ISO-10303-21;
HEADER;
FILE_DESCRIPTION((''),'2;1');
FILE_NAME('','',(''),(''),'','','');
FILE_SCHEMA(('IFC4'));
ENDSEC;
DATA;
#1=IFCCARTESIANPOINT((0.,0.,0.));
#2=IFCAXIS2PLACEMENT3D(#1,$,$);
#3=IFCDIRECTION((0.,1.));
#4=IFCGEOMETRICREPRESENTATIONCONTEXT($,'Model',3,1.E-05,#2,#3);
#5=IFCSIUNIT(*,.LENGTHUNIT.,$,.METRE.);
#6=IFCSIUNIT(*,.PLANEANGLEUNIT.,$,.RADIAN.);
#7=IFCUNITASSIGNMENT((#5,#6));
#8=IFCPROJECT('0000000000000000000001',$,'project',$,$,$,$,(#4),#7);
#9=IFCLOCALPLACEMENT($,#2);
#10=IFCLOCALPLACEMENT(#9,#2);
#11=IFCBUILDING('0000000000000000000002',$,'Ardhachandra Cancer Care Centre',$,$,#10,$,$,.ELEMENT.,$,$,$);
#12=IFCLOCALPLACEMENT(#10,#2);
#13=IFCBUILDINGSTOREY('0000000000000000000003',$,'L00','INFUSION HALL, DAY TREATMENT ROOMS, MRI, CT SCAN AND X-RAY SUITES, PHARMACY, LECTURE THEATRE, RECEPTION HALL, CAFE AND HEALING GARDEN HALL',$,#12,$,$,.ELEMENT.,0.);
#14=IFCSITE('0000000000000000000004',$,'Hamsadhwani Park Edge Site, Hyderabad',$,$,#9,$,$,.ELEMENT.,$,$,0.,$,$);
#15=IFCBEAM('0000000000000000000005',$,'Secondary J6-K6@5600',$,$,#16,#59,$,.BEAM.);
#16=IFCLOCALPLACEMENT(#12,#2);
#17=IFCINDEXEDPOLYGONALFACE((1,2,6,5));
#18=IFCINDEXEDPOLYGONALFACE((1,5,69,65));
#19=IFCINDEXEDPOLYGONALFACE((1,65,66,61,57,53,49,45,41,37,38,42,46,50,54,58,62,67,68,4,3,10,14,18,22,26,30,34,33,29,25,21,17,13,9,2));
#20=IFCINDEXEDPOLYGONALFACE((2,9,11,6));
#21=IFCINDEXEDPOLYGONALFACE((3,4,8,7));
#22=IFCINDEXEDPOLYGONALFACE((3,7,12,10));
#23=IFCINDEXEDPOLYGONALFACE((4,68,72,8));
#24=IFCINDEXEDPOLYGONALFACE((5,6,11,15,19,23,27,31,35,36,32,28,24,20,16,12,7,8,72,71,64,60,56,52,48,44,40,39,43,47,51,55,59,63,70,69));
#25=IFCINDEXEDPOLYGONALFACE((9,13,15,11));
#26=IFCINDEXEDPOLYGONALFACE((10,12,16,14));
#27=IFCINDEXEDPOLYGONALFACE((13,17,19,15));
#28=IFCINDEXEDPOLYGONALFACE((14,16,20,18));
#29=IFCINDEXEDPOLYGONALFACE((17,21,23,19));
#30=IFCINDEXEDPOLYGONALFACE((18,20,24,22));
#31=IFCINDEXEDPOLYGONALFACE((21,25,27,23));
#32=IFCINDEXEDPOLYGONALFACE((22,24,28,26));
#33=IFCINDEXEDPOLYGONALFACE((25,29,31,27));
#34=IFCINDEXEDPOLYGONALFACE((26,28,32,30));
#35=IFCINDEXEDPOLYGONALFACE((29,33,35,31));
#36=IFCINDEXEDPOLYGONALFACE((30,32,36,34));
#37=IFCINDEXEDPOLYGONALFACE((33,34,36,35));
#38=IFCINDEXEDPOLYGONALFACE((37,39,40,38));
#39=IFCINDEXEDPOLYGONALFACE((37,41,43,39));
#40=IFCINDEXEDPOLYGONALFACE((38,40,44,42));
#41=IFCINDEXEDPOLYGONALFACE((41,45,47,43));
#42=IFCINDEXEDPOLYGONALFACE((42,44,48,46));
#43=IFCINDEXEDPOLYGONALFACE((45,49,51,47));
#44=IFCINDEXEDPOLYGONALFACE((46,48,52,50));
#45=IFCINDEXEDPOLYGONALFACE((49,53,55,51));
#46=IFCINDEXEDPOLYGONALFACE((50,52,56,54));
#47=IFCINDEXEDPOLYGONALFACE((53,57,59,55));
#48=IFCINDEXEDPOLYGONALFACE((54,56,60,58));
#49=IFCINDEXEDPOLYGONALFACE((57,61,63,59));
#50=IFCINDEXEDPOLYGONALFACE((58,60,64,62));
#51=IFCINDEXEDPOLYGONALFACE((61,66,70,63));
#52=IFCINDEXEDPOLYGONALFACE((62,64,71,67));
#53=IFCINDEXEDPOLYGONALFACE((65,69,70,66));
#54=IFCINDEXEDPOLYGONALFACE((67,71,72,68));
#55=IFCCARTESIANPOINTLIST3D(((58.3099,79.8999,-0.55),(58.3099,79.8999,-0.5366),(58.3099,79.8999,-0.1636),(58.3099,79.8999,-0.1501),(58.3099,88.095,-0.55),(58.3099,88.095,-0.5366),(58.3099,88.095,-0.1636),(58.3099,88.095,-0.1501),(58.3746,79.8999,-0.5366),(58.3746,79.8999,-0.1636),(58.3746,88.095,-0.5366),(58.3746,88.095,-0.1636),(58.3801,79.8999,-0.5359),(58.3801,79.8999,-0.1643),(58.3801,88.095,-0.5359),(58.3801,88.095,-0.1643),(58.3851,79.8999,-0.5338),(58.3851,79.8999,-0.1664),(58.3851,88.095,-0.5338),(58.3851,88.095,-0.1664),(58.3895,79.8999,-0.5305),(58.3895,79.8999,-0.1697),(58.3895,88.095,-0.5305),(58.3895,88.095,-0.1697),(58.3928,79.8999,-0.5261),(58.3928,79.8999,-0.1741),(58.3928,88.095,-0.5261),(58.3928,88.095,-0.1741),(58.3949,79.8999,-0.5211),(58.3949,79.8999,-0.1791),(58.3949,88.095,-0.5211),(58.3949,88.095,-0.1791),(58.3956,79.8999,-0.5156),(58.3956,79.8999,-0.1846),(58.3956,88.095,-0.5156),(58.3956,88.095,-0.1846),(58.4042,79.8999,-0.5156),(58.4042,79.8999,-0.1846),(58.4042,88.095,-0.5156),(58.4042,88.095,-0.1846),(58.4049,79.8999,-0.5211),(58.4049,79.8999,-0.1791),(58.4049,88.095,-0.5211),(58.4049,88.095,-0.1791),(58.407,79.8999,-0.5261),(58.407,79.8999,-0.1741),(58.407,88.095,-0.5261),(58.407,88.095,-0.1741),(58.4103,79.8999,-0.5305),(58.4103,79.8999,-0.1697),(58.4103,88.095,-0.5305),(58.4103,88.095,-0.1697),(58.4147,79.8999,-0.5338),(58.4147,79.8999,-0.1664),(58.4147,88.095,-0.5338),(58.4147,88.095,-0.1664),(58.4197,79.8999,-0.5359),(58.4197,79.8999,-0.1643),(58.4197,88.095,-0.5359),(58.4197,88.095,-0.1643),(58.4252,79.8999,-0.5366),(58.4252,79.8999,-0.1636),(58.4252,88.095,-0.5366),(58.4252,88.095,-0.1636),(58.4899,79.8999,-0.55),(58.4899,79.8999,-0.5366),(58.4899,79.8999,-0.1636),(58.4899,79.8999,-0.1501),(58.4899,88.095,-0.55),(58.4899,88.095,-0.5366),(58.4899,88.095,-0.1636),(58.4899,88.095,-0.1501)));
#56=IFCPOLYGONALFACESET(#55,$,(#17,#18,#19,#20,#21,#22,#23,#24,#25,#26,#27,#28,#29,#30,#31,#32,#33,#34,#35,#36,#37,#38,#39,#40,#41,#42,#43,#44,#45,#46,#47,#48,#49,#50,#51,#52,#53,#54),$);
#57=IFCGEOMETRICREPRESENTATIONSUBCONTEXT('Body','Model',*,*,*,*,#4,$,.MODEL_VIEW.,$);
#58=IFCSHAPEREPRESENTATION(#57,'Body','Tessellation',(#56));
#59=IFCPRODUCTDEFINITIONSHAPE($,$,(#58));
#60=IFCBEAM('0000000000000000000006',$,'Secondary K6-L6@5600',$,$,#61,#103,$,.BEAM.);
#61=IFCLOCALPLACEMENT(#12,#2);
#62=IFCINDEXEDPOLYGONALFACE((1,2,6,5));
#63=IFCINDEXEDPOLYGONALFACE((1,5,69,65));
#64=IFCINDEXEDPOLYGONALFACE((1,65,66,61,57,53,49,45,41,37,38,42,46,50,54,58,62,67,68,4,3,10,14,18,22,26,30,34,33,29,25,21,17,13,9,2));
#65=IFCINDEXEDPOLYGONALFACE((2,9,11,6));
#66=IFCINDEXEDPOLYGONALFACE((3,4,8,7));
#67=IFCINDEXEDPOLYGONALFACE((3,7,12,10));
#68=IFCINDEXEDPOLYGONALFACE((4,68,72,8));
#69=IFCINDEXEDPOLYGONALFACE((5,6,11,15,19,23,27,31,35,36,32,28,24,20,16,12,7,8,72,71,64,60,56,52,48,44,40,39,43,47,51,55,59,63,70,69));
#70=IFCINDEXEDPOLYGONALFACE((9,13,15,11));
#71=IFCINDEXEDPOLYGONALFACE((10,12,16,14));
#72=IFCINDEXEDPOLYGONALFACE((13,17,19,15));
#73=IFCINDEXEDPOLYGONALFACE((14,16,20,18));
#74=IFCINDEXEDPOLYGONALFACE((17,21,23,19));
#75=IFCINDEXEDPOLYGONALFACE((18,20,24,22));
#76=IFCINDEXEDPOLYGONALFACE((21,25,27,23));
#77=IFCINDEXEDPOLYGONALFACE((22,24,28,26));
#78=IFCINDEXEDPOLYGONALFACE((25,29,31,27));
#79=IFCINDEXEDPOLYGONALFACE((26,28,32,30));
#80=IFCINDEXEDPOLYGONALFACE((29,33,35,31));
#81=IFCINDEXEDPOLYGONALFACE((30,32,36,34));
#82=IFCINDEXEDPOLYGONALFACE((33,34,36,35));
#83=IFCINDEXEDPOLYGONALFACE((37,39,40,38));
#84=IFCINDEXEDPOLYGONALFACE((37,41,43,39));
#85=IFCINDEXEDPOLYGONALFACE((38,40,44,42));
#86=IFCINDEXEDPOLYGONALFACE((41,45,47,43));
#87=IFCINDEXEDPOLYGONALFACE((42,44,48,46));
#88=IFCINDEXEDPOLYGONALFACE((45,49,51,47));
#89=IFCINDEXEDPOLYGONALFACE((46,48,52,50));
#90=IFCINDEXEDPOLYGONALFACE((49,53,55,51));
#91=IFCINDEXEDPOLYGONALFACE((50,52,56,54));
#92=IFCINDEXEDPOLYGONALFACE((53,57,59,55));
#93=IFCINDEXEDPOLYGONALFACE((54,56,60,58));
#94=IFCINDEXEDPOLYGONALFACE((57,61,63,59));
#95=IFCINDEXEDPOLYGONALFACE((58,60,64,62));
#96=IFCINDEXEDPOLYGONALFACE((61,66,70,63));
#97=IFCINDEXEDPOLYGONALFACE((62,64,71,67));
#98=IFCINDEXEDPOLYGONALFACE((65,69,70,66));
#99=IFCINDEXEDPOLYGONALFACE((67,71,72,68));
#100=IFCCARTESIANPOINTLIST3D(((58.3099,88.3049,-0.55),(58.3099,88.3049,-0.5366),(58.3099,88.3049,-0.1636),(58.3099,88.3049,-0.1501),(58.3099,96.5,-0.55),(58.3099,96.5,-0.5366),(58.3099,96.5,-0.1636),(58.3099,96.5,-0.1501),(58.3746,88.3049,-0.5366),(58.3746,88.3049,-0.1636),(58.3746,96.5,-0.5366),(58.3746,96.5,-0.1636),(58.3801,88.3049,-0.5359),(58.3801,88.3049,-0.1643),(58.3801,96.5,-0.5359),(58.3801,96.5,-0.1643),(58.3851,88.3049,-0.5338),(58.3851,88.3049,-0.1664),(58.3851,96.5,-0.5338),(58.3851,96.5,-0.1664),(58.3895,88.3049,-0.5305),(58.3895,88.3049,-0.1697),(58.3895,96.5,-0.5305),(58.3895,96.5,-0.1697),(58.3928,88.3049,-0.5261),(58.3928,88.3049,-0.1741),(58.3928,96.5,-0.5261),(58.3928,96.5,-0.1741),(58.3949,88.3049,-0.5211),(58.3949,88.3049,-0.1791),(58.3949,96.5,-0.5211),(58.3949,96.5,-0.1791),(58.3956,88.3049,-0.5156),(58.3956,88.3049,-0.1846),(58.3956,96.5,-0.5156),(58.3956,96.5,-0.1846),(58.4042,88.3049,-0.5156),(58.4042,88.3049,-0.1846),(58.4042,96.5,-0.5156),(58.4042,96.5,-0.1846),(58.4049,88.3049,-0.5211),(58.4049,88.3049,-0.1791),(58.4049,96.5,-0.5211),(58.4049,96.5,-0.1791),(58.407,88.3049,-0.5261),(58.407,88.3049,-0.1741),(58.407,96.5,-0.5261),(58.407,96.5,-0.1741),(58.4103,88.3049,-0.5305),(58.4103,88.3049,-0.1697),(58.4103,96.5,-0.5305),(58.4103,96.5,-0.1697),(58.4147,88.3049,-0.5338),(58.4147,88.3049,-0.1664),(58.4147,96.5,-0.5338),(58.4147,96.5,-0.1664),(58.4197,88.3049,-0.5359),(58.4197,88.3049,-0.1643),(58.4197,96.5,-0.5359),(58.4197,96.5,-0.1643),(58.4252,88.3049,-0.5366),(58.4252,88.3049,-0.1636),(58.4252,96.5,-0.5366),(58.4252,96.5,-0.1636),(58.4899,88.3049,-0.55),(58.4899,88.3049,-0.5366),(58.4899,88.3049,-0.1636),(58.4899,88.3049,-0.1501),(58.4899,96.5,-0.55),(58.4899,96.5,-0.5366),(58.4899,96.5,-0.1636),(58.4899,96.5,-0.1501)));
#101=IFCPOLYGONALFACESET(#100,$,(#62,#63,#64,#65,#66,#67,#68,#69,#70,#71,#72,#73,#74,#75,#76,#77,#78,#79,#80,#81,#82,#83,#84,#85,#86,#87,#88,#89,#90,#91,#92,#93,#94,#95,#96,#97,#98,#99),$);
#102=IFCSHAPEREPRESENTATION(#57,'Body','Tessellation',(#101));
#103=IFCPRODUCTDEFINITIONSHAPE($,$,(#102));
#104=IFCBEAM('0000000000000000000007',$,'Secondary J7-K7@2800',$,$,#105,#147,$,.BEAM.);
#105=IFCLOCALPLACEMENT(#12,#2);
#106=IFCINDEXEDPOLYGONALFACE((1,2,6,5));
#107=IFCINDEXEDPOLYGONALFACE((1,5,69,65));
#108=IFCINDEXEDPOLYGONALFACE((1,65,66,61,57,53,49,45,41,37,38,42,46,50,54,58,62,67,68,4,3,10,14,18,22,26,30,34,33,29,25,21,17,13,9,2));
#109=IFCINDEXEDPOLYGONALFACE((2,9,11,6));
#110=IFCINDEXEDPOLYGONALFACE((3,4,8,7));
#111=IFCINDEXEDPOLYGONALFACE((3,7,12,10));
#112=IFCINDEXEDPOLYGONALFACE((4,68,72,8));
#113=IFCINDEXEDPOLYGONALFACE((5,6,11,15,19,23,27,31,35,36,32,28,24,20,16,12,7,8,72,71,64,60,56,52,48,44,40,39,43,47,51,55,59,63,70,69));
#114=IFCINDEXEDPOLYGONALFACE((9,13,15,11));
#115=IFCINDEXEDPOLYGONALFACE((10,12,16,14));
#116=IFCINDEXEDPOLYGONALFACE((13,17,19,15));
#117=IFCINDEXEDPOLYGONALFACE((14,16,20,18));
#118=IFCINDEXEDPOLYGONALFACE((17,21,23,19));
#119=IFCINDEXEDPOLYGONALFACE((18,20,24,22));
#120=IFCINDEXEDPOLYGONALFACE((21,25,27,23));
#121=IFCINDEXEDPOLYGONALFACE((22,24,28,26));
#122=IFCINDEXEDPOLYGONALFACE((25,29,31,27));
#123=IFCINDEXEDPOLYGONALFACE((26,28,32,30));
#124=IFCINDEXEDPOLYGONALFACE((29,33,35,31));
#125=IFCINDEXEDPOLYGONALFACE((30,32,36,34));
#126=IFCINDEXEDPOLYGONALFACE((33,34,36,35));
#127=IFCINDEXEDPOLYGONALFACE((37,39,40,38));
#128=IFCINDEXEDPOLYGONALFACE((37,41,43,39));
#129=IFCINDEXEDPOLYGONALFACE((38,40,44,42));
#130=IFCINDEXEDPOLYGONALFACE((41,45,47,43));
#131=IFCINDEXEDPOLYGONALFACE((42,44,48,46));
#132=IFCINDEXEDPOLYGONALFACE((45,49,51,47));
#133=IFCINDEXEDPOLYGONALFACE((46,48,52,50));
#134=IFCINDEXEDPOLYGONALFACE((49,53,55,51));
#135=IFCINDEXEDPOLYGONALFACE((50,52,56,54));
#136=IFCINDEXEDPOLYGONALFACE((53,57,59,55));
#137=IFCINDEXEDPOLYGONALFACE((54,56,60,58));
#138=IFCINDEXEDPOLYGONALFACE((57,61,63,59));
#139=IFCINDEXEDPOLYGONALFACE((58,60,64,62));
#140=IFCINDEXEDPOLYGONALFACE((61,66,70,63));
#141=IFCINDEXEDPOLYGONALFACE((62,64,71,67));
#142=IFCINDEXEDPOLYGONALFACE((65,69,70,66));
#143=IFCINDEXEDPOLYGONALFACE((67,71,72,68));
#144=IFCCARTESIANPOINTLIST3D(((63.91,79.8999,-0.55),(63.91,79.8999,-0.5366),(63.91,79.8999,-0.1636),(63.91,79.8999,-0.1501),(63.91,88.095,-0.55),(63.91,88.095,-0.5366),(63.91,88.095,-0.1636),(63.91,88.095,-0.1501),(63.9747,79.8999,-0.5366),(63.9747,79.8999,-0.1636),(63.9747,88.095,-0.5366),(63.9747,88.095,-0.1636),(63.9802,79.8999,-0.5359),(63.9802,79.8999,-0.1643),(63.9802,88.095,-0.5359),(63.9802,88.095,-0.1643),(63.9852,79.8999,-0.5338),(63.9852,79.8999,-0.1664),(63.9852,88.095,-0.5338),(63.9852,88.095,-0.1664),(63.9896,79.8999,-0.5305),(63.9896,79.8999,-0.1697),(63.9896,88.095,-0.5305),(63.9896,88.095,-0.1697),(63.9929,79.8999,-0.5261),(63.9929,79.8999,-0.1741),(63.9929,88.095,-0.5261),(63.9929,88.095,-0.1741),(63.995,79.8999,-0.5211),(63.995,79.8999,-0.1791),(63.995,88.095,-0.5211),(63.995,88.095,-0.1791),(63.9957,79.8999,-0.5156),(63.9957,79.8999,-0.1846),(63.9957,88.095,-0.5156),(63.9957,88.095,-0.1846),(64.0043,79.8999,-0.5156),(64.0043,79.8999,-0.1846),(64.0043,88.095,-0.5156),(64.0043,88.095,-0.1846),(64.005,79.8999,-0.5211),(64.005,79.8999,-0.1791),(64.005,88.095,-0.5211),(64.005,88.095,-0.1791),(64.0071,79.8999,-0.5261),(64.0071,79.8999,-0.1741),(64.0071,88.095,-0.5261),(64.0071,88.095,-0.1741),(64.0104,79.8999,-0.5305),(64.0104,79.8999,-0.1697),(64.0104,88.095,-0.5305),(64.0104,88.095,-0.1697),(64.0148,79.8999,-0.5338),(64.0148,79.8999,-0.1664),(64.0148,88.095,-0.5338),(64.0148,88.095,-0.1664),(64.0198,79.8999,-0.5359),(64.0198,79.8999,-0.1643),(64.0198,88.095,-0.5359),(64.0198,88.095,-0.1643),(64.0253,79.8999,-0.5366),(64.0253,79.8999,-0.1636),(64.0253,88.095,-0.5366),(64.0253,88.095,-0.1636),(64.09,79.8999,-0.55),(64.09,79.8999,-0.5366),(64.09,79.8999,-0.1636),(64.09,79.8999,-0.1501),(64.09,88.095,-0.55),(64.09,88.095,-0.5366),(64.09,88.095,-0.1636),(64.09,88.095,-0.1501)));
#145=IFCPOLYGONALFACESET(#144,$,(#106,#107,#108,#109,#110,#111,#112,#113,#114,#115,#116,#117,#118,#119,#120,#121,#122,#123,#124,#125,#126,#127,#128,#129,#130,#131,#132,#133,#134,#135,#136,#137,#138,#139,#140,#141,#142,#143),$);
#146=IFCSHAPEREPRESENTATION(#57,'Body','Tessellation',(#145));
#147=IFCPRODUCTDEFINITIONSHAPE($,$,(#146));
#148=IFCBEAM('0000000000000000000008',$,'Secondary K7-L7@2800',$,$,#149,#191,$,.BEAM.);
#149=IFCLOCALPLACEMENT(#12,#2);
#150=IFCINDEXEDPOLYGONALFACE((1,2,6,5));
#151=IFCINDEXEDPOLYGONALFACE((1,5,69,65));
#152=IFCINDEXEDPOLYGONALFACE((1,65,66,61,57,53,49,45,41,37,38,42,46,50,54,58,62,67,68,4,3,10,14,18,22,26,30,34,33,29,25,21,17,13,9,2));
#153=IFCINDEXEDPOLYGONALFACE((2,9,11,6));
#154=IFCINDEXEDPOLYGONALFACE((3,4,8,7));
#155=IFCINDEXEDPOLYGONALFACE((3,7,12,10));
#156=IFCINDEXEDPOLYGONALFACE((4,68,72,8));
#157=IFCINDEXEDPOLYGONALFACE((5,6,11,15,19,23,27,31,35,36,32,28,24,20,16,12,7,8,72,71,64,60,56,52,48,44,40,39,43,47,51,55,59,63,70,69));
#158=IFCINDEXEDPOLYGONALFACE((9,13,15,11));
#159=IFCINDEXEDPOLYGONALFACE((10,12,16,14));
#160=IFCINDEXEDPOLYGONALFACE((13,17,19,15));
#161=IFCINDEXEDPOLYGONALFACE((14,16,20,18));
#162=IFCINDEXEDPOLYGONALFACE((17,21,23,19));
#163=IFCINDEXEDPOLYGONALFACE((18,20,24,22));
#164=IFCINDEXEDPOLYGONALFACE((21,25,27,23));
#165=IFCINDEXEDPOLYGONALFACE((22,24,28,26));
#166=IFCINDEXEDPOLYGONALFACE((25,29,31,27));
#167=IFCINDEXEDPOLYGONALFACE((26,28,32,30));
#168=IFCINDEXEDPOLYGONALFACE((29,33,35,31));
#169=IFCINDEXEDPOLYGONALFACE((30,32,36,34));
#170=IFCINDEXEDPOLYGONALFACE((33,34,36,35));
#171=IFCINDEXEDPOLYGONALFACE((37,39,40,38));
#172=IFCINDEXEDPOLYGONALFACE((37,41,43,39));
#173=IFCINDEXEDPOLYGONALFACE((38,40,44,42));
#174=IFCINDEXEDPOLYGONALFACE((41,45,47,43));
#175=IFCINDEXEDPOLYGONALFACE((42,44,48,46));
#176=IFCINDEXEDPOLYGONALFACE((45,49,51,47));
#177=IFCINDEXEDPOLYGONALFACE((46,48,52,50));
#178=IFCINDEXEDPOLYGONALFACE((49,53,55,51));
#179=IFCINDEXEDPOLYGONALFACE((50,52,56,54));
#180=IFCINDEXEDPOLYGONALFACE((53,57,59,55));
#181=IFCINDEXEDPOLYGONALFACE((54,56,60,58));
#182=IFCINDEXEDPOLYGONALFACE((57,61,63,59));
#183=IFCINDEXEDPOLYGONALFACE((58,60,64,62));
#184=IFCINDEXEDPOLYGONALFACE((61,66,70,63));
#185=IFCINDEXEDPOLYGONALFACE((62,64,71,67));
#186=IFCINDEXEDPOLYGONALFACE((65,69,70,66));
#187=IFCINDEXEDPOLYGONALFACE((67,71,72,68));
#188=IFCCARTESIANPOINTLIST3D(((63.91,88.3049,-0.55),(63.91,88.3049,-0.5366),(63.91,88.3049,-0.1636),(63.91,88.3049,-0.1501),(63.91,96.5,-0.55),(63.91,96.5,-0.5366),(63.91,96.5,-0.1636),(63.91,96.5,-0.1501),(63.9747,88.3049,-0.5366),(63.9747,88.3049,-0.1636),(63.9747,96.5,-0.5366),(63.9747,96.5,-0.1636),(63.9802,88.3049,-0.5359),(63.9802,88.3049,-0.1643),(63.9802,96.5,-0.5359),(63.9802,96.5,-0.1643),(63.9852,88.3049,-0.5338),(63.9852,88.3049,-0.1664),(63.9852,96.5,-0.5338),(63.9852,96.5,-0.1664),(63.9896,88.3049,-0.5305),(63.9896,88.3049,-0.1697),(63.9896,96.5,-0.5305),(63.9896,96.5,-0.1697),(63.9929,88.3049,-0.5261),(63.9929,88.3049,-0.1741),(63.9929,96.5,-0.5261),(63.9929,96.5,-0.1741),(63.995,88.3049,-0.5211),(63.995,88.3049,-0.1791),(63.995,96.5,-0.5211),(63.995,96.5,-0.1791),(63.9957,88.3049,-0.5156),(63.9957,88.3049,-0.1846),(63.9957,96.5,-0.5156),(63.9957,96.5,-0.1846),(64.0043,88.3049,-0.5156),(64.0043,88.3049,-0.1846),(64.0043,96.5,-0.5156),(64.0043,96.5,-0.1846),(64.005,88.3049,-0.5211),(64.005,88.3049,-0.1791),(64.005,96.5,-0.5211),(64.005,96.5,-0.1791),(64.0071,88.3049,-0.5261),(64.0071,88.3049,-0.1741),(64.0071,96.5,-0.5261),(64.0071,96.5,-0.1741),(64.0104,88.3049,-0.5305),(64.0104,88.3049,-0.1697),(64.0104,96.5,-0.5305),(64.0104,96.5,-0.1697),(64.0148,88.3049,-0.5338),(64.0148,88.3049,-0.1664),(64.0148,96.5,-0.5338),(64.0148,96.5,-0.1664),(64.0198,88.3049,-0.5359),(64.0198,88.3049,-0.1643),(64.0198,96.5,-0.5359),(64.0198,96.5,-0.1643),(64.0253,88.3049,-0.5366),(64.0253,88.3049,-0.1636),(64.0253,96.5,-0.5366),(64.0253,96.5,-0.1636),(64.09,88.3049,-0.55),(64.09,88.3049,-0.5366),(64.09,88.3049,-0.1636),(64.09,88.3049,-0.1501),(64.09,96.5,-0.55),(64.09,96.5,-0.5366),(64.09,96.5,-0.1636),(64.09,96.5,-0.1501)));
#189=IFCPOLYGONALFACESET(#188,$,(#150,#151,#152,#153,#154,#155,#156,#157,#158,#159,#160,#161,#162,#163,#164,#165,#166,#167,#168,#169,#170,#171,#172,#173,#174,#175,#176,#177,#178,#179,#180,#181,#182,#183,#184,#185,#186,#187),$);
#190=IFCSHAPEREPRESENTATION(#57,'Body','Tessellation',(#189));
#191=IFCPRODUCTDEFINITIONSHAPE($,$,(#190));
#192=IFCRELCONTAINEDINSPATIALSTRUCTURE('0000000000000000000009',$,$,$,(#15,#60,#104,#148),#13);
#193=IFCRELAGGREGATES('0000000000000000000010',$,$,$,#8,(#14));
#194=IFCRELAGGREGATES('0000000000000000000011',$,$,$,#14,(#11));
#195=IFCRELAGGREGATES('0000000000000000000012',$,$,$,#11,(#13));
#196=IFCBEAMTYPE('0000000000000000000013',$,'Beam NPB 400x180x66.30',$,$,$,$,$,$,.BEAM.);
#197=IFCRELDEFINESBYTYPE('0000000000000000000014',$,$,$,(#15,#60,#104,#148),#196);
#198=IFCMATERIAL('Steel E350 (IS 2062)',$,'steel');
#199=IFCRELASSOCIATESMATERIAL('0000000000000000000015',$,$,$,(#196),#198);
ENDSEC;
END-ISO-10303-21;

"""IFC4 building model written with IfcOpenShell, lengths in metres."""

from ifc_helpers import new_model, si_unit, direction, frame, origin, origin_2d, place, context, subcontext, project, spatial, i_section, extrude, material, material_profile, profile_set, type_object, element, save


model = new_model("IFC4")

# Units and contexts
model_context = context("Model", 3, precision=1e-05, world=origin(), true_north=direction((0.0, 1.0)))
body_context = subcontext(model_context, "Body", "Model", "MODEL_VIEW")
ifc_project = project(units=[si_unit("LENGTHUNIT", "METRE"), si_unit("PLANEANGLEUNIT", "RADIAN")], contexts=[model_context])

# Site, building, storey
site_placement = place(None, origin())
site = spatial("IfcSite", under=ifc_project, at=site_placement, Name="Hamsadhwani Park Edge Site, Hyderabad", CompositionType="ELEMENT", RefElevation=0.0)
building_placement = place(site_placement, origin())
building = spatial("IfcBuilding", under=site, at=building_placement, Name="Ardhachandra Cancer Care Centre", CompositionType="ELEMENT")
storey_placement = place(building_placement, origin())
storey = spatial("IfcBuildingStorey", under=building, at=storey_placement, Name="L00", Description="INFUSION HALL, DAY TREATMENT ROOMS, MRI, CT SCAN AND X-RAY SUITES, PHARMACY, LECTURE THEATRE, RECEPTION HALL, CAFE AND HEALING GARDEN HALL", CompositionType="ELEMENT", Elevation=0.0)

# Beams
ifc_material_1 = material(Name="Steel E350 (IS 2062)", Category="steel")
ifc_material_profile_1 = material_profile(ifc_material_1, i_section(OverallWidth=0.1799, OverallDepth=0.3999, WebThickness=0.0085, FlangeThickness=0.0134, FilletRadius=0.021, at=origin_2d()), Name="NPB 400x180x66.30")
ifc_profile_set_1 = profile_set([ifc_material_profile_1], Name="Steel E350 (IS 2062)")
beam_type_1 = type_object("IfcBeamType", Name="Beam NPB 400x180x66.30", PredefinedType="BEAM", material=ifc_profile_set_1)
for number, where, z_axis, x_axis, name in (
    (1, (58.3999, 79.8999, -0.3501), (0.0, 1.0, 0.0), (-1.0, 0.0, 0.0), "Secondary J6-K6@5600"),
    (2, (58.3999, 88.3049, -0.3501), (0.0, 1.0, 0.0), (-1.0, 0.0, 0.0), "Secondary K6-L6@5600"),
    (3, (64.0, 79.8999, -0.3501), (0.0, 1.0, 0.0), (-1.0, 0.0, 0.0), "Secondary J7-K7@2800"),
    (4, (64.0, 88.3049, -0.3501), (0.0, 1.0, 0.0), (-1.0, 0.0, 0.0), "Secondary K7-L7@2800"),
):
    element("IfcBeam", number, at=place(storey_placement, frame(where, z_axis=z_axis, x_axis=x_axis)), inside=storey, type_object=beam_type_1, Name=name, PredefinedType="BEAM", context=body_context, shape_type="SweptSolid", body=[
        extrude(i_section(OverallWidth=0.1799, OverallDepth=0.3999, WebThickness=0.0085, FlangeThickness=0.0134, FilletRadius=0.021, at=origin_2d()), origin(), (0.0, 0.0, 1.0), 8.1951),
    ])

save(model, "model.ifc")
